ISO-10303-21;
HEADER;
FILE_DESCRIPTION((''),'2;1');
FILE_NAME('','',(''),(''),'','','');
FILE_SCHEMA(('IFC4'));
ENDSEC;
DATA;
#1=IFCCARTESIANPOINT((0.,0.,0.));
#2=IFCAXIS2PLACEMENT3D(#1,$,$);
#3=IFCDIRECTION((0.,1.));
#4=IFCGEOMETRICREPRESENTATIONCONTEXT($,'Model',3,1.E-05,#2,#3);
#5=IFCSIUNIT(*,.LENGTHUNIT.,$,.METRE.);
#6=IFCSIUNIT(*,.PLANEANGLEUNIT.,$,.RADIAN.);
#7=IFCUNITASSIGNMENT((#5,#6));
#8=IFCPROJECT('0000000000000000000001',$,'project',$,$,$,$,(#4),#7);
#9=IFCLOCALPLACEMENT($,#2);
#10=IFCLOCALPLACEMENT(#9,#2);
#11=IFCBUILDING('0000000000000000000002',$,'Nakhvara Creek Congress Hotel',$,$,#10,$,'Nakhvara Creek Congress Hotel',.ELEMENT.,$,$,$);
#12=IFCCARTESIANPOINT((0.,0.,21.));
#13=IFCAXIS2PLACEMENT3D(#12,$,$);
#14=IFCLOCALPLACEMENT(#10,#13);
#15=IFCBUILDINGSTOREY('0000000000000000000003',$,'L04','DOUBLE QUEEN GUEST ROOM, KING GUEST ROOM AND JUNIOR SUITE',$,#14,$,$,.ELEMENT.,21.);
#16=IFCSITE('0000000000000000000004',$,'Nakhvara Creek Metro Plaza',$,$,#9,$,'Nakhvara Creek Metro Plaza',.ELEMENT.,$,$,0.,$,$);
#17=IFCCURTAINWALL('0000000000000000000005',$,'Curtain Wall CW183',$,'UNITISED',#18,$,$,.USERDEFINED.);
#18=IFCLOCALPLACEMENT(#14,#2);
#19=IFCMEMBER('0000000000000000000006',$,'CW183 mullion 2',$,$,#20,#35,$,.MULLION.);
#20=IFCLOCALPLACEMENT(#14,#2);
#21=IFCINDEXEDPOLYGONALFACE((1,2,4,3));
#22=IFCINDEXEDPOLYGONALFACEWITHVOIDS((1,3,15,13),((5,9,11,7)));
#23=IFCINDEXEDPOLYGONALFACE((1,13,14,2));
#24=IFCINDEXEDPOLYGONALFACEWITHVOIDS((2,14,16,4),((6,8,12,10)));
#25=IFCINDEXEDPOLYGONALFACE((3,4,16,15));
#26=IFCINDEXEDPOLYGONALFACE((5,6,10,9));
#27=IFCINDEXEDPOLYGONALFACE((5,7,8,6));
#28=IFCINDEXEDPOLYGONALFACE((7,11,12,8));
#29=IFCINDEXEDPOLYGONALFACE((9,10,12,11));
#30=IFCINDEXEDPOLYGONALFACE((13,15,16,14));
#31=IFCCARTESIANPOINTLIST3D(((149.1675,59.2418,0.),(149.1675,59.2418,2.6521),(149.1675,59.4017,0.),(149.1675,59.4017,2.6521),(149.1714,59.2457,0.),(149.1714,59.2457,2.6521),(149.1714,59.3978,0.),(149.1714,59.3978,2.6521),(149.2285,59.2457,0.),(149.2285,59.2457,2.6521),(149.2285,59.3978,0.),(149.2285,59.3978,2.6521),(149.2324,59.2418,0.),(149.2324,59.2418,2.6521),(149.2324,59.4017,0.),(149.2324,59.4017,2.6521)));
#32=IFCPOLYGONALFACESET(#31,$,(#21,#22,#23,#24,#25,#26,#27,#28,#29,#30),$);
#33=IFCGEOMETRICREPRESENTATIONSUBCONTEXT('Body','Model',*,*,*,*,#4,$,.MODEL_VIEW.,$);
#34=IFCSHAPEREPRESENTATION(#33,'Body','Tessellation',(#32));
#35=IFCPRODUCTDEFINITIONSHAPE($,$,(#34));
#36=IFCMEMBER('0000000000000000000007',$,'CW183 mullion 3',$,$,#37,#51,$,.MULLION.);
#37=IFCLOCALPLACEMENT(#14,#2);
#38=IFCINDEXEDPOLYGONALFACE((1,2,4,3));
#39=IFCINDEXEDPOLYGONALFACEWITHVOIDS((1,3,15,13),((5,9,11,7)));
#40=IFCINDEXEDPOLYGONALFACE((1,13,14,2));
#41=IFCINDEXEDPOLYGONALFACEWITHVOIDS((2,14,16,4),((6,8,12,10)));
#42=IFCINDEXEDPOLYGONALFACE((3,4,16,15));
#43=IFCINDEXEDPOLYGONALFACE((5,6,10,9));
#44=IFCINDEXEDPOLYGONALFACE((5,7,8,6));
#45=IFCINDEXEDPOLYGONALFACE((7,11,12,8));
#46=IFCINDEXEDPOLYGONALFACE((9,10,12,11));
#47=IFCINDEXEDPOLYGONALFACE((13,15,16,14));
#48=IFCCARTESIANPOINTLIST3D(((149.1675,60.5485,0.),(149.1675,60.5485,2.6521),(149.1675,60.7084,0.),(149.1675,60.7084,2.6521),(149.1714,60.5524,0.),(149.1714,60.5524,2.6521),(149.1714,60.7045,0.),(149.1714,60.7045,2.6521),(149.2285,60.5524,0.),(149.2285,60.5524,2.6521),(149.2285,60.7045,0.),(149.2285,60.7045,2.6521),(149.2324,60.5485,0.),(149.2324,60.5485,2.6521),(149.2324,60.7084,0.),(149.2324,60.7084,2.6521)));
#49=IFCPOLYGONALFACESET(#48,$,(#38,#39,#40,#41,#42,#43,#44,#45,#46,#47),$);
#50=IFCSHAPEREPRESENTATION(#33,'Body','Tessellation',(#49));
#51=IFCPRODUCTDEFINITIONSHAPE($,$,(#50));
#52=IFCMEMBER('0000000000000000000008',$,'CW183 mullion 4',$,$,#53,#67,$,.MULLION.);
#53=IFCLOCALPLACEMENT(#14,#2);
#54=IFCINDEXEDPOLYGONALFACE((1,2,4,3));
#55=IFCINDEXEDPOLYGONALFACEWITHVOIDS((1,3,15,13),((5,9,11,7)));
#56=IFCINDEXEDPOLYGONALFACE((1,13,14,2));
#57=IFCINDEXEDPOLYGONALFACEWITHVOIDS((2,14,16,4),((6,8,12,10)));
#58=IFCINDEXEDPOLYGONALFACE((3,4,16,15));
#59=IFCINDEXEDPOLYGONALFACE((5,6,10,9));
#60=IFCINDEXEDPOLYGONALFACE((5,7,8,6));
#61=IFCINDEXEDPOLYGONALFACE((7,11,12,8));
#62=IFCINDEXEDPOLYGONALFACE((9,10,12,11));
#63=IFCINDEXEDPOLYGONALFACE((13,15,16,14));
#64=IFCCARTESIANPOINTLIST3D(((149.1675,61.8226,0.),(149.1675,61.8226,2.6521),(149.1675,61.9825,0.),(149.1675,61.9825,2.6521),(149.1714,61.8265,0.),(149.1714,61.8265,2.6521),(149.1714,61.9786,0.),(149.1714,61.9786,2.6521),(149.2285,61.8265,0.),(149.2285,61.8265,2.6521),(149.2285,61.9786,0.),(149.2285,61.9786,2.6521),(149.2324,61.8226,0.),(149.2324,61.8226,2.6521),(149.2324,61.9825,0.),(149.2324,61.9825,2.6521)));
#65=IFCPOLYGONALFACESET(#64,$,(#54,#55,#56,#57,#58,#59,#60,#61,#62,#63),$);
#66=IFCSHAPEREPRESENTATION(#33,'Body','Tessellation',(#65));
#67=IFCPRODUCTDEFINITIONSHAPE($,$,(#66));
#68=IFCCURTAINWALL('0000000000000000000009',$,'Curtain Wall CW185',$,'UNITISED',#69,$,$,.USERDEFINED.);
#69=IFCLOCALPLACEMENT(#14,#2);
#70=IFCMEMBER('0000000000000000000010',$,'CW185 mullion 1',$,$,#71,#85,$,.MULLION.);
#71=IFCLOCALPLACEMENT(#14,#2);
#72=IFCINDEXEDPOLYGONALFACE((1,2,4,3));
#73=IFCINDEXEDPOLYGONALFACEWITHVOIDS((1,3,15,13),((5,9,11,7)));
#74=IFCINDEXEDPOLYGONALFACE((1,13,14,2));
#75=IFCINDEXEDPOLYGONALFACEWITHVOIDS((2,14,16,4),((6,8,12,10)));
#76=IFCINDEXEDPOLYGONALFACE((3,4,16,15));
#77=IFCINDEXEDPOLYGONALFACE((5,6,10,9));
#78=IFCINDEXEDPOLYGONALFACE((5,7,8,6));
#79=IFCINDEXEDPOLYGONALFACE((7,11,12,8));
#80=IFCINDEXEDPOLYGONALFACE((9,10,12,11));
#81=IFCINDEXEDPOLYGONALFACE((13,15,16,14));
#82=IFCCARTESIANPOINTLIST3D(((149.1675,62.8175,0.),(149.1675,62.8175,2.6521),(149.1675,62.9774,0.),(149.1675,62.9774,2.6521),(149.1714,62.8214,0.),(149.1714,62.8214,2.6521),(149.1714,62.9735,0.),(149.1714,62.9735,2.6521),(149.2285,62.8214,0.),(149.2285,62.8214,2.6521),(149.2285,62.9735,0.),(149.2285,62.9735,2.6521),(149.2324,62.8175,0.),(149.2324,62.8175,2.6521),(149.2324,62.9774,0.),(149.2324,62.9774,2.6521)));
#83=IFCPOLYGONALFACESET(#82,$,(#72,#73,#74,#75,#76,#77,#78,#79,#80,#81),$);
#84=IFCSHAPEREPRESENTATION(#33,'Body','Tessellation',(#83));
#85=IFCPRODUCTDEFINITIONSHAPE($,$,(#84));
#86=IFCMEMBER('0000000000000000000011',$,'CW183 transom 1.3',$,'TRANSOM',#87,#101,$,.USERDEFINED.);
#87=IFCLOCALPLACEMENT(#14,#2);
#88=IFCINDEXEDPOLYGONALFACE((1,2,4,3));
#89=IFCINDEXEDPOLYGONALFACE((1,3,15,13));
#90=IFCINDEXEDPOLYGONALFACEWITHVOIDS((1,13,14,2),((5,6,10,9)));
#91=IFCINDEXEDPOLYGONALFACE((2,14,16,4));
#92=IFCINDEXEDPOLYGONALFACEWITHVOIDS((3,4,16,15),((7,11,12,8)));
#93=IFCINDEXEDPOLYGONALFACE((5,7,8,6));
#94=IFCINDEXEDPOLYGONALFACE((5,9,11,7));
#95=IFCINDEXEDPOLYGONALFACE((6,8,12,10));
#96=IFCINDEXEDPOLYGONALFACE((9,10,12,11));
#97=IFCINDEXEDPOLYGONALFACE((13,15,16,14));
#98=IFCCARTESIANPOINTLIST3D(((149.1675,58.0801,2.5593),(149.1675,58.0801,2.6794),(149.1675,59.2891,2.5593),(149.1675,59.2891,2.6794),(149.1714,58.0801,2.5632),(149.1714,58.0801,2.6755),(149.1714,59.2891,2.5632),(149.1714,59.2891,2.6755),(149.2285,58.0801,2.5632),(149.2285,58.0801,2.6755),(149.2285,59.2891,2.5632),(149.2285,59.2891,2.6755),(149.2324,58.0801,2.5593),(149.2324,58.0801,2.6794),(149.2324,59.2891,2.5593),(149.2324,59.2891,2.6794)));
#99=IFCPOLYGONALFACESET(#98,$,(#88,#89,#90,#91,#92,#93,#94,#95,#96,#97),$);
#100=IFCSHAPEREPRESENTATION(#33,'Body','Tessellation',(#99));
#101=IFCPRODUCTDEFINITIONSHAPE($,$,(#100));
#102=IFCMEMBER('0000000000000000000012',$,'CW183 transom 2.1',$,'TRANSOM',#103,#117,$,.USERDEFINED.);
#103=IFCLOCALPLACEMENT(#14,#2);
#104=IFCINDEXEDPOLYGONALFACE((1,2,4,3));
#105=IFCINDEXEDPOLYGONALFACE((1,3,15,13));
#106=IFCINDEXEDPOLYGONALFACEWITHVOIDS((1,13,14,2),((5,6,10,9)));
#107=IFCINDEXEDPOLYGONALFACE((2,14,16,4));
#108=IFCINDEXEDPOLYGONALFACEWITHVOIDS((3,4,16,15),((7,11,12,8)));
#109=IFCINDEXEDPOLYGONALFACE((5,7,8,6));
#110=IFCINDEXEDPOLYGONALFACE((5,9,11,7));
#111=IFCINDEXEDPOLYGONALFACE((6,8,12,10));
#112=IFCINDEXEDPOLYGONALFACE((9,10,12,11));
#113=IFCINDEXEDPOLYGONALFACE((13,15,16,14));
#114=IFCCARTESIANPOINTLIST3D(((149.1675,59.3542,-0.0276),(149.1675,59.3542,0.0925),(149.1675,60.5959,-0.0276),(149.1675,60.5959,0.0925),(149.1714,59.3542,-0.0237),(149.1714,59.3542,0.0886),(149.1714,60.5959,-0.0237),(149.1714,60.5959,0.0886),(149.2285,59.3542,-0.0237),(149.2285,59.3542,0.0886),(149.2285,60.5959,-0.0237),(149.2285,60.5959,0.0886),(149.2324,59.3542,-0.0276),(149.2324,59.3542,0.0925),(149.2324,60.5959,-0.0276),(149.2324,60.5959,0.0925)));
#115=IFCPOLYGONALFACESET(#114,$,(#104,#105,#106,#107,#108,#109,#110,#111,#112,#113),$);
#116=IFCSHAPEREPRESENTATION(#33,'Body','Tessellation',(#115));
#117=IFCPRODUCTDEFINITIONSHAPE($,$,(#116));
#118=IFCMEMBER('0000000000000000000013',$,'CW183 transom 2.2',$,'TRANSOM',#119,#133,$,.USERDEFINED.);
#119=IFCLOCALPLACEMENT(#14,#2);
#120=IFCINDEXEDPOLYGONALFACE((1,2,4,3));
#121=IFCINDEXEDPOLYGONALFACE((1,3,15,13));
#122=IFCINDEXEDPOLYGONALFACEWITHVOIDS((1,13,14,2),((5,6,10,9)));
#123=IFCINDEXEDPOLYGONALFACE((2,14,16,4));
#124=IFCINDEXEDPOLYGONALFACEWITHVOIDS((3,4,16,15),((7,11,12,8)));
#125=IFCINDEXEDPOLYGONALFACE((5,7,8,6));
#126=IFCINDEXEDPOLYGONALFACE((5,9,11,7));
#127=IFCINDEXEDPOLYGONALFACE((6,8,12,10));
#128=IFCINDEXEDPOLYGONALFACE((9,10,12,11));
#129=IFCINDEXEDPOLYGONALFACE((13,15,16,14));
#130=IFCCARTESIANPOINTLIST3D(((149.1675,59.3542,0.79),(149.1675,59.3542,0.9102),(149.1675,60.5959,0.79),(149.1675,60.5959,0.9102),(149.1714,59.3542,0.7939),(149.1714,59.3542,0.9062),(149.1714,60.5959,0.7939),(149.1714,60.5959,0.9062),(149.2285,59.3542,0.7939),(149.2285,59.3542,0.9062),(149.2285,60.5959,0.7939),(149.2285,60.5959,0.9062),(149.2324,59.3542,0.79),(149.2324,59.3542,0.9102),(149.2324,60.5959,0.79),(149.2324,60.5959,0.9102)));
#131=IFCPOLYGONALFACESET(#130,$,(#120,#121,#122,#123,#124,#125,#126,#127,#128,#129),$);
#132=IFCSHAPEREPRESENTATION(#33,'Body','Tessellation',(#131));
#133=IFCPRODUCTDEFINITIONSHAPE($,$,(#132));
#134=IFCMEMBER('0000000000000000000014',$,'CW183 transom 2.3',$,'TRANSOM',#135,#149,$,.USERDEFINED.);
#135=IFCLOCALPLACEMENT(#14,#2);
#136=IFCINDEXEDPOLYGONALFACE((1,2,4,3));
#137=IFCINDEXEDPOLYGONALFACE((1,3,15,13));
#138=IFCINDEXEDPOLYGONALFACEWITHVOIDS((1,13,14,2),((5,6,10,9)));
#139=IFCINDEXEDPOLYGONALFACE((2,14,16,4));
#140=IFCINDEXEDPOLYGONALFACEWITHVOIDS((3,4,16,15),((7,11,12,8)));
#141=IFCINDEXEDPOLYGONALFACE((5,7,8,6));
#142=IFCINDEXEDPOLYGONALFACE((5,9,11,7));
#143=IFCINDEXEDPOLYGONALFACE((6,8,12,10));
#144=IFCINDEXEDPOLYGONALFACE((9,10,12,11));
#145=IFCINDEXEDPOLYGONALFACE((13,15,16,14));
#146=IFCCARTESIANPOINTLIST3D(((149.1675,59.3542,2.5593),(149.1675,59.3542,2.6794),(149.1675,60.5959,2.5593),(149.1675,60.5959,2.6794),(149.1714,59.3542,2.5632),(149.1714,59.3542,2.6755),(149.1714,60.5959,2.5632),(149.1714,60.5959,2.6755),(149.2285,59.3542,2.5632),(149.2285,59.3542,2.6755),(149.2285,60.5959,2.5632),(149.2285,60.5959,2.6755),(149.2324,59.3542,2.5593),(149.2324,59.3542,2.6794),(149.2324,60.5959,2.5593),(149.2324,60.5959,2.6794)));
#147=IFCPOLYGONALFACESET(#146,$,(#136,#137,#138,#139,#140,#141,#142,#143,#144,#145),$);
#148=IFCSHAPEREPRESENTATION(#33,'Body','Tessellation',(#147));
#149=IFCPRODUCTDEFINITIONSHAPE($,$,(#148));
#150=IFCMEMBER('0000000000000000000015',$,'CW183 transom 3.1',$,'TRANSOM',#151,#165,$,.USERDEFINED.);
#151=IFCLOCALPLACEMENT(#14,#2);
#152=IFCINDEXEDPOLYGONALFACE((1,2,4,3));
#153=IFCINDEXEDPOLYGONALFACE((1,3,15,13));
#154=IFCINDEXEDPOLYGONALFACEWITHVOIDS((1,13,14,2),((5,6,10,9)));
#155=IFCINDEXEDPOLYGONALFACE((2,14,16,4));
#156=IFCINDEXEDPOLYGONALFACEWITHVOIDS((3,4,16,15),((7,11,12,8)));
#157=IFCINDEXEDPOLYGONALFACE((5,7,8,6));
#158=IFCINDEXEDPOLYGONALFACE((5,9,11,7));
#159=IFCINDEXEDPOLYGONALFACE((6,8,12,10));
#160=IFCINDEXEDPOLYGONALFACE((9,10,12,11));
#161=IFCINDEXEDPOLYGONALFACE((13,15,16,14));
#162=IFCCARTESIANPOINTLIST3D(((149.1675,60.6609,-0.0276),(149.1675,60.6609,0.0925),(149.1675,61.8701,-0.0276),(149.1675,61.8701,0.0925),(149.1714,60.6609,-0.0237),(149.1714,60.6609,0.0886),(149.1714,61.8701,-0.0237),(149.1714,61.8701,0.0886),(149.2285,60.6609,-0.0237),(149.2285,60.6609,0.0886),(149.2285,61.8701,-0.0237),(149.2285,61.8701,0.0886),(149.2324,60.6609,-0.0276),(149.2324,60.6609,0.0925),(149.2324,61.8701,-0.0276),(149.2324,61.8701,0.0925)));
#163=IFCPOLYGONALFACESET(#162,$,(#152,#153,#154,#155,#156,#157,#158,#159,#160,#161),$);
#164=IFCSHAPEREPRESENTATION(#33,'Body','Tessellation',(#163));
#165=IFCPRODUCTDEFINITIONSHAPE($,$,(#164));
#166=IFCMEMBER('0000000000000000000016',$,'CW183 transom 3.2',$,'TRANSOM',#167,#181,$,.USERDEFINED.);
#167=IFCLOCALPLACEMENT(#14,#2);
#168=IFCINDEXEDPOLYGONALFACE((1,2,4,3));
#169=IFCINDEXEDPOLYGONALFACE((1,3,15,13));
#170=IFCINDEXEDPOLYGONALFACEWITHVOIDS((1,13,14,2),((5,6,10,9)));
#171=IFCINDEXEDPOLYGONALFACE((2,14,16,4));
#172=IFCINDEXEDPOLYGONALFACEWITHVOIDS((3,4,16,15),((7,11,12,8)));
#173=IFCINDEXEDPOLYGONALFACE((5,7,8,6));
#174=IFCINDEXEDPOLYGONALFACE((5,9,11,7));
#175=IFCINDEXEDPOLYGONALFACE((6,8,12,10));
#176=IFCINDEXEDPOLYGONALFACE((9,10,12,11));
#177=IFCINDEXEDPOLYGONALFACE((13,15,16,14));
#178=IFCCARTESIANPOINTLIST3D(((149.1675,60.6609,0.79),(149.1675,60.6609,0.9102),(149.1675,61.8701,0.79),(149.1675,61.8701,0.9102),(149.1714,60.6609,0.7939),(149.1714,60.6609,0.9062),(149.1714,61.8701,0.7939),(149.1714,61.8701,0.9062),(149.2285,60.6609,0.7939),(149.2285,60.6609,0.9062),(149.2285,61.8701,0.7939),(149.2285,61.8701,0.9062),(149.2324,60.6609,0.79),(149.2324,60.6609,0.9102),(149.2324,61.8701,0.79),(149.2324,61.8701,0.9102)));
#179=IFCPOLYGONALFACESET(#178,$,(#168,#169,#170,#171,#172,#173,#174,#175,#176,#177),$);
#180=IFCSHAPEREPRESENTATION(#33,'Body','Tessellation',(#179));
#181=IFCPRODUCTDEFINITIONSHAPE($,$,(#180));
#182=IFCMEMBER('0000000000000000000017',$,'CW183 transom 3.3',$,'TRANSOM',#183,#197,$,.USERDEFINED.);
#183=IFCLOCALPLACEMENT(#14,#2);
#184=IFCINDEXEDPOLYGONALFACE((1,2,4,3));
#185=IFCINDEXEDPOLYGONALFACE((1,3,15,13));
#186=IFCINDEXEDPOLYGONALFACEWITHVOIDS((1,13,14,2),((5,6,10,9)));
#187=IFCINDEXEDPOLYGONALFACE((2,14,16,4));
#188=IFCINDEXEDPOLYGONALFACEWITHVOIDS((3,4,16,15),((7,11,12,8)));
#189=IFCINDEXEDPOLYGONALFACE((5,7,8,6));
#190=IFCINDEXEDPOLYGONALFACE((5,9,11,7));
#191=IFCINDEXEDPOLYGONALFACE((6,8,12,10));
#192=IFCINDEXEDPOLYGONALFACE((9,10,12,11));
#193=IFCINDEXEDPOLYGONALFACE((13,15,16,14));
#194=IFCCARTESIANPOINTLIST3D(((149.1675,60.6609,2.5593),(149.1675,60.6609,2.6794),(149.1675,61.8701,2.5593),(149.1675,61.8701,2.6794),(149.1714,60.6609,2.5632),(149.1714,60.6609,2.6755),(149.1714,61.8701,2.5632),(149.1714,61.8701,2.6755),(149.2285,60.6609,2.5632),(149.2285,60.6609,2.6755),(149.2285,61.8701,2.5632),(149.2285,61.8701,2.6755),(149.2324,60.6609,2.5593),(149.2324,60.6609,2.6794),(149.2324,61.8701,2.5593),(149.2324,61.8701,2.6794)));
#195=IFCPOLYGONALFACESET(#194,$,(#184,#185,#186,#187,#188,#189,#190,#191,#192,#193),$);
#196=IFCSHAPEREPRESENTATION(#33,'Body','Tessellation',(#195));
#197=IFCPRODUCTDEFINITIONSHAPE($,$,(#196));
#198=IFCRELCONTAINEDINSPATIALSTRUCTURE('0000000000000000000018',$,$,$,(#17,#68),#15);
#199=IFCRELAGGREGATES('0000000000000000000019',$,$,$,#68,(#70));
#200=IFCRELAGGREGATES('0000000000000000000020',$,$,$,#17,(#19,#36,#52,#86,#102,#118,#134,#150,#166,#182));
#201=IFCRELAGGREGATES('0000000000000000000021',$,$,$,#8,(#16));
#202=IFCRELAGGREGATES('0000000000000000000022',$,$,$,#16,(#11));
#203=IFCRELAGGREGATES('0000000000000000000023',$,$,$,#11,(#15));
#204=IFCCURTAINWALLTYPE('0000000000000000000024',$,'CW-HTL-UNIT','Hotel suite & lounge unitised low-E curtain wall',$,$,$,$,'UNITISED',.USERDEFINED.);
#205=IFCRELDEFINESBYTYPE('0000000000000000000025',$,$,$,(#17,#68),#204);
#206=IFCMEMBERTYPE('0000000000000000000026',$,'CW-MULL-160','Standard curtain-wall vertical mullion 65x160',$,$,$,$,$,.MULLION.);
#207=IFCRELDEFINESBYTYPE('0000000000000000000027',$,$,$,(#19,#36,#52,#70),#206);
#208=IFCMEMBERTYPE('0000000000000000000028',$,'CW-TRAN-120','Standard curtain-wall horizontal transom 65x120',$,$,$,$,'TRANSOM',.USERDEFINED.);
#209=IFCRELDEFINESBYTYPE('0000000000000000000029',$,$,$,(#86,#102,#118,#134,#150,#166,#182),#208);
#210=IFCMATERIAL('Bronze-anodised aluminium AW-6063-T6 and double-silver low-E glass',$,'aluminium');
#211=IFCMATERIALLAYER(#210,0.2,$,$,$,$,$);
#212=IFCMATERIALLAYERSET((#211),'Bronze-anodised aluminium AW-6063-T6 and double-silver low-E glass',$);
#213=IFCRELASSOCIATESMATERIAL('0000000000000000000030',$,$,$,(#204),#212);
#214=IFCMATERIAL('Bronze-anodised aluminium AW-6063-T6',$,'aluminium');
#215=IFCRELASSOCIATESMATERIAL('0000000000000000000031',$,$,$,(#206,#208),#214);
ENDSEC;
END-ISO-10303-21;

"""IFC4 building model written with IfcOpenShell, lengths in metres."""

from ifc_helpers import new_model, si_unit, direction, frame, origin, origin_2d, place, context, subcontext, project, spatial, hollow_rectangle, extrude, material, layer, layer_set, material_profile, profile_set, type_object, element, aggregate, save


model = new_model("IFC4")

# Units and contexts
model_context = context("Model", 3, precision=1e-05, world=origin(), true_north=direction((0.0, 1.0)))
body_context = subcontext(model_context, "Body", "Model", "MODEL_VIEW")
ifc_project = project(units=[si_unit("LENGTHUNIT", "METRE"), si_unit("PLANEANGLEUNIT", "RADIAN")], contexts=[model_context])

# Site, building, storey
site_placement = place(None, origin())
site = spatial("IfcSite", under=ifc_project, at=site_placement, Name="Nakhvara Creek Metro Plaza", LongName="Nakhvara Creek Metro Plaza", CompositionType="ELEMENT", RefElevation=0.0)
building_placement = place(site_placement, origin())
building = spatial("IfcBuilding", under=site, at=building_placement, Name="Nakhvara Creek Congress Hotel", LongName="Nakhvara Creek Congress Hotel", CompositionType="ELEMENT")
storey_placement = place(building_placement, frame((0.0, 0.0, 21.0)))
storey = spatial("IfcBuildingStorey", under=building, at=storey_placement, Name="L04", Description="DOUBLE QUEEN GUEST ROOM, KING GUEST ROOM AND JUNIOR SUITE", CompositionType="ELEMENT", Elevation=21.0)

# Curtain wall, members
ifc_material_1 = material(Name="Bronze-anodised aluminium AW-6063-T6 and double-silver low-E glass", Category="aluminium")
ifc_layer = layer(ifc_material_1, 0.2)
ifc_layer_set = layer_set([ifc_layer], Name="Bronze-anodised aluminium AW-6063-T6 and double-silver low-E glass")
curtain_wall_type = type_object("IfcCurtainWallType", Name="CW-HTL-UNIT", Description="Hotel suite & lounge unitised low-E curtain wall", ElementType="UNITISED", PredefinedType="USERDEFINED", material=ifc_layer_set)
curtain_wall_1_placement = place(storey_placement, origin())
curtain_wall_1 = element("IfcCurtainWall", 1, at=curtain_wall_1_placement, inside=storey, type_object=curtain_wall_type, Name="Curtain Wall CW183", ObjectType="UNITISED", PredefinedType="USERDEFINED")
ifc_material_2 = material(Name="Bronze-anodised aluminium AW-6063-T6", Category="aluminium")
ifc_material_profile_1 = material_profile(ifc_material_2, hollow_rectangle(XDim=0.0649, YDim=0.1599, WallThickness=0.0039, at=origin_2d()), Name="ALU-MULL 65x160x4", Category="LoadBearing")
ifc_profile_set_1 = profile_set([ifc_material_profile_1], Name="Bronze-anodised aluminium AW-6063-T6")
member_type_1 = type_object("IfcMemberType", Name="CW-MULL-160", Description="Standard curtain-wall vertical mullion 65x160", PredefinedType="MULLION", material=ifc_profile_set_1)
member_1_placement = place(storey_placement, frame((149.2, 59.3218, 0.0), z_axis=(0.0, 0.0, 1.0), x_axis=(-1.0, 0.0, 0.0)))
member_1 = element("IfcMember", 2, at=member_1_placement, type_object=member_type_1, Name="CW183 mullion 2", PredefinedType="MULLION", context=body_context, shape_type="SweptSolid", body=[
    extrude(hollow_rectangle(XDim=0.0649, YDim=0.1599, WallThickness=0.0039, at=origin_2d()), origin(), (0.0, 0.0, 1.0), 2.6521),
])
member_2_placement = place(storey_placement, frame((149.2, 60.6284, 0.0), z_axis=(0.0, 0.0, 1.0), x_axis=(-1.0, 0.0, 0.0)))
member_2 = element("IfcMember", 3, at=member_2_placement, type_object=member_type_1, Name="CW183 mullion 3", PredefinedType="MULLION", context=body_context, shape_type="SweptSolid", body=[
    extrude(hollow_rectangle(XDim=0.0649, YDim=0.1599, WallThickness=0.0039, at=origin_2d()), origin(), (0.0, 0.0, 1.0), 2.6521),
])
member_3_placement = place(storey_placement, frame((149.2, 61.9026, 0.0), z_axis=(0.0, 0.0, 1.0), x_axis=(-1.0, 0.0, 0.0)))
member_3 = element("IfcMember", 4, at=member_3_placement, type_object=member_type_1, Name="CW183 mullion 4", PredefinedType="MULLION", context=body_context, shape_type="SweptSolid", body=[
    extrude(hollow_rectangle(XDim=0.0649, YDim=0.1599, WallThickness=0.0039, at=origin_2d()), origin(), (0.0, 0.0, 1.0), 2.6521),
])

# Curtain wall, member
curtain_wall_2_placement = place(storey_placement, origin())
curtain_wall_2 = element("IfcCurtainWall", 5, at=curtain_wall_2_placement, inside=storey, type_object=curtain_wall_type, Name="Curtain Wall CW185", ObjectType="UNITISED", PredefinedType="USERDEFINED")
member_4_placement = place(storey_placement, frame((149.2, 62.8975, 0.0), z_axis=(0.0, 0.0, 1.0), x_axis=(-1.0, 0.0, 0.0)))
member_4 = element("IfcMember", 6, at=member_4_placement, type_object=member_type_1, Name="CW185 mullion 1", PredefinedType="MULLION", context=body_context, shape_type="SweptSolid", body=[
    extrude(hollow_rectangle(XDim=0.0649, YDim=0.1599, WallThickness=0.0039, at=origin_2d()), origin(), (0.0, 0.0, 1.0), 2.6521),
])

# Members
ifc_material_profile_2 = material_profile(ifc_material_2, hollow_rectangle(XDim=0.0649, YDim=0.1201, WallThickness=0.0039, at=origin_2d()), Name="ALU-TRAN 65x120x4", Category="LoadBearing")
ifc_profile_set_2 = profile_set([ifc_material_profile_2], Name="Bronze-anodised aluminium AW-6063-T6")
member_type_2 = type_object("IfcMemberType", Name="CW-TRAN-120", Description="Standard curtain-wall horizontal transom 65x120", ElementType="TRANSOM", PredefinedType="USERDEFINED", material=ifc_profile_set_2)
member_5_placement = place(storey_placement, frame((149.2, 58.0801, 2.6194), z_axis=(0.0, 1.0, 0.0), x_axis=(-1.0, 0.0, 0.0)))
member_5 = element("IfcMember", 7, at=member_5_placement, type_object=member_type_2, Name="CW183 transom 1.3", ObjectType="TRANSOM", PredefinedType="USERDEFINED", context=body_context, shape_type="SweptSolid", body=[
    extrude(hollow_rectangle(XDim=0.0649, YDim=0.1201, WallThickness=0.0039, at=origin_2d()), origin(), (0.0, 0.0, 1.0), 1.209),
])
member_6_placement = place(storey_placement, frame((149.2, 59.3542, 0.0325), z_axis=(0.0, 1.0, 0.0), x_axis=(-1.0, 0.0, 0.0)))
member_6 = element("IfcMember", 8, at=member_6_placement, type_object=member_type_2, Name="CW183 transom 2.1", ObjectType="TRANSOM", PredefinedType="USERDEFINED", context=body_context, shape_type="SweptSolid", body=[
    extrude(hollow_rectangle(XDim=0.0649, YDim=0.1201, WallThickness=0.0039, at=origin_2d()), origin(), (0.0, 0.0, 1.0), 1.2417),
])
member_7_placement = place(storey_placement, frame((149.2, 59.3542, 0.8501), z_axis=(0.0, 1.0, 0.0), x_axis=(-1.0, 0.0, 0.0)))
member_7 = element("IfcMember", 9, at=member_7_placement, type_object=member_type_2, Name="CW183 transom 2.2", ObjectType="TRANSOM", PredefinedType="USERDEFINED", context=body_context, shape_type="SweptSolid", body=[
    extrude(hollow_rectangle(XDim=0.0649, YDim=0.1201, WallThickness=0.0039, at=origin_2d()), origin(), (0.0, 0.0, 1.0), 1.2417),
])
member_8_placement = place(storey_placement, frame((149.2, 59.3542, 2.6194), z_axis=(0.0, 1.0, 0.0), x_axis=(-1.0, 0.0, 0.0)))
member_8 = element("IfcMember", 10, at=member_8_placement, type_object=member_type_2, Name="CW183 transom 2.3", ObjectType="TRANSOM", PredefinedType="USERDEFINED", context=body_context, shape_type="SweptSolid", body=[
    extrude(hollow_rectangle(XDim=0.0649, YDim=0.1201, WallThickness=0.0039, at=origin_2d()), origin(), (0.0, 0.0, 1.0), 1.2417),
])
member_9_placement = place(storey_placement, frame((149.2, 60.6609, 0.0325), z_axis=(0.0, 1.0, 0.0), x_axis=(-1.0, 0.0, 0.0)))
member_9 = element("IfcMember", 11, at=member_9_placement, type_object=member_type_2, Name="CW183 transom 3.1", ObjectType="TRANSOM", PredefinedType="USERDEFINED", context=body_context, shape_type="SweptSolid", body=[
    extrude(hollow_rectangle(XDim=0.0649, YDim=0.1201, WallThickness=0.0039, at=origin_2d()), origin(), (0.0, 0.0, 1.0), 1.2092),
])
member_10_placement = place(storey_placement, frame((149.2, 60.6609, 0.8501), z_axis=(0.0, 1.0, 0.0), x_axis=(-1.0, 0.0, 0.0)))
member_10 = element("IfcMember", 12, at=member_10_placement, type_object=member_type_2, Name="CW183 transom 3.2", ObjectType="TRANSOM", PredefinedType="USERDEFINED", context=body_context, shape_type="SweptSolid", body=[
    extrude(hollow_rectangle(XDim=0.0649, YDim=0.1201, WallThickness=0.0039, at=origin_2d()), origin(), (0.0, 0.0, 1.0), 1.2092),
])
member_11_placement = place(storey_placement, frame((149.2, 60.6609, 2.6194), z_axis=(0.0, 1.0, 0.0), x_axis=(-1.0, 0.0, 0.0)))
member_11 = element("IfcMember", 13, at=member_11_placement, type_object=member_type_2, Name="CW183 transom 3.3", ObjectType="TRANSOM", PredefinedType="USERDEFINED", context=body_context, shape_type="SweptSolid", body=[
    extrude(hollow_rectangle(XDim=0.0649, YDim=0.1201, WallThickness=0.0039, at=origin_2d()), origin(), (0.0, 0.0, 1.0), 1.2092),
])

aggregate(curtain_wall_2, [member_4])
aggregate(curtain_wall_1, [member_1, member_2, member_3, member_5, member_6, member_7, member_8, member_9, member_10, member_11])

save(model, "model.ifc")
